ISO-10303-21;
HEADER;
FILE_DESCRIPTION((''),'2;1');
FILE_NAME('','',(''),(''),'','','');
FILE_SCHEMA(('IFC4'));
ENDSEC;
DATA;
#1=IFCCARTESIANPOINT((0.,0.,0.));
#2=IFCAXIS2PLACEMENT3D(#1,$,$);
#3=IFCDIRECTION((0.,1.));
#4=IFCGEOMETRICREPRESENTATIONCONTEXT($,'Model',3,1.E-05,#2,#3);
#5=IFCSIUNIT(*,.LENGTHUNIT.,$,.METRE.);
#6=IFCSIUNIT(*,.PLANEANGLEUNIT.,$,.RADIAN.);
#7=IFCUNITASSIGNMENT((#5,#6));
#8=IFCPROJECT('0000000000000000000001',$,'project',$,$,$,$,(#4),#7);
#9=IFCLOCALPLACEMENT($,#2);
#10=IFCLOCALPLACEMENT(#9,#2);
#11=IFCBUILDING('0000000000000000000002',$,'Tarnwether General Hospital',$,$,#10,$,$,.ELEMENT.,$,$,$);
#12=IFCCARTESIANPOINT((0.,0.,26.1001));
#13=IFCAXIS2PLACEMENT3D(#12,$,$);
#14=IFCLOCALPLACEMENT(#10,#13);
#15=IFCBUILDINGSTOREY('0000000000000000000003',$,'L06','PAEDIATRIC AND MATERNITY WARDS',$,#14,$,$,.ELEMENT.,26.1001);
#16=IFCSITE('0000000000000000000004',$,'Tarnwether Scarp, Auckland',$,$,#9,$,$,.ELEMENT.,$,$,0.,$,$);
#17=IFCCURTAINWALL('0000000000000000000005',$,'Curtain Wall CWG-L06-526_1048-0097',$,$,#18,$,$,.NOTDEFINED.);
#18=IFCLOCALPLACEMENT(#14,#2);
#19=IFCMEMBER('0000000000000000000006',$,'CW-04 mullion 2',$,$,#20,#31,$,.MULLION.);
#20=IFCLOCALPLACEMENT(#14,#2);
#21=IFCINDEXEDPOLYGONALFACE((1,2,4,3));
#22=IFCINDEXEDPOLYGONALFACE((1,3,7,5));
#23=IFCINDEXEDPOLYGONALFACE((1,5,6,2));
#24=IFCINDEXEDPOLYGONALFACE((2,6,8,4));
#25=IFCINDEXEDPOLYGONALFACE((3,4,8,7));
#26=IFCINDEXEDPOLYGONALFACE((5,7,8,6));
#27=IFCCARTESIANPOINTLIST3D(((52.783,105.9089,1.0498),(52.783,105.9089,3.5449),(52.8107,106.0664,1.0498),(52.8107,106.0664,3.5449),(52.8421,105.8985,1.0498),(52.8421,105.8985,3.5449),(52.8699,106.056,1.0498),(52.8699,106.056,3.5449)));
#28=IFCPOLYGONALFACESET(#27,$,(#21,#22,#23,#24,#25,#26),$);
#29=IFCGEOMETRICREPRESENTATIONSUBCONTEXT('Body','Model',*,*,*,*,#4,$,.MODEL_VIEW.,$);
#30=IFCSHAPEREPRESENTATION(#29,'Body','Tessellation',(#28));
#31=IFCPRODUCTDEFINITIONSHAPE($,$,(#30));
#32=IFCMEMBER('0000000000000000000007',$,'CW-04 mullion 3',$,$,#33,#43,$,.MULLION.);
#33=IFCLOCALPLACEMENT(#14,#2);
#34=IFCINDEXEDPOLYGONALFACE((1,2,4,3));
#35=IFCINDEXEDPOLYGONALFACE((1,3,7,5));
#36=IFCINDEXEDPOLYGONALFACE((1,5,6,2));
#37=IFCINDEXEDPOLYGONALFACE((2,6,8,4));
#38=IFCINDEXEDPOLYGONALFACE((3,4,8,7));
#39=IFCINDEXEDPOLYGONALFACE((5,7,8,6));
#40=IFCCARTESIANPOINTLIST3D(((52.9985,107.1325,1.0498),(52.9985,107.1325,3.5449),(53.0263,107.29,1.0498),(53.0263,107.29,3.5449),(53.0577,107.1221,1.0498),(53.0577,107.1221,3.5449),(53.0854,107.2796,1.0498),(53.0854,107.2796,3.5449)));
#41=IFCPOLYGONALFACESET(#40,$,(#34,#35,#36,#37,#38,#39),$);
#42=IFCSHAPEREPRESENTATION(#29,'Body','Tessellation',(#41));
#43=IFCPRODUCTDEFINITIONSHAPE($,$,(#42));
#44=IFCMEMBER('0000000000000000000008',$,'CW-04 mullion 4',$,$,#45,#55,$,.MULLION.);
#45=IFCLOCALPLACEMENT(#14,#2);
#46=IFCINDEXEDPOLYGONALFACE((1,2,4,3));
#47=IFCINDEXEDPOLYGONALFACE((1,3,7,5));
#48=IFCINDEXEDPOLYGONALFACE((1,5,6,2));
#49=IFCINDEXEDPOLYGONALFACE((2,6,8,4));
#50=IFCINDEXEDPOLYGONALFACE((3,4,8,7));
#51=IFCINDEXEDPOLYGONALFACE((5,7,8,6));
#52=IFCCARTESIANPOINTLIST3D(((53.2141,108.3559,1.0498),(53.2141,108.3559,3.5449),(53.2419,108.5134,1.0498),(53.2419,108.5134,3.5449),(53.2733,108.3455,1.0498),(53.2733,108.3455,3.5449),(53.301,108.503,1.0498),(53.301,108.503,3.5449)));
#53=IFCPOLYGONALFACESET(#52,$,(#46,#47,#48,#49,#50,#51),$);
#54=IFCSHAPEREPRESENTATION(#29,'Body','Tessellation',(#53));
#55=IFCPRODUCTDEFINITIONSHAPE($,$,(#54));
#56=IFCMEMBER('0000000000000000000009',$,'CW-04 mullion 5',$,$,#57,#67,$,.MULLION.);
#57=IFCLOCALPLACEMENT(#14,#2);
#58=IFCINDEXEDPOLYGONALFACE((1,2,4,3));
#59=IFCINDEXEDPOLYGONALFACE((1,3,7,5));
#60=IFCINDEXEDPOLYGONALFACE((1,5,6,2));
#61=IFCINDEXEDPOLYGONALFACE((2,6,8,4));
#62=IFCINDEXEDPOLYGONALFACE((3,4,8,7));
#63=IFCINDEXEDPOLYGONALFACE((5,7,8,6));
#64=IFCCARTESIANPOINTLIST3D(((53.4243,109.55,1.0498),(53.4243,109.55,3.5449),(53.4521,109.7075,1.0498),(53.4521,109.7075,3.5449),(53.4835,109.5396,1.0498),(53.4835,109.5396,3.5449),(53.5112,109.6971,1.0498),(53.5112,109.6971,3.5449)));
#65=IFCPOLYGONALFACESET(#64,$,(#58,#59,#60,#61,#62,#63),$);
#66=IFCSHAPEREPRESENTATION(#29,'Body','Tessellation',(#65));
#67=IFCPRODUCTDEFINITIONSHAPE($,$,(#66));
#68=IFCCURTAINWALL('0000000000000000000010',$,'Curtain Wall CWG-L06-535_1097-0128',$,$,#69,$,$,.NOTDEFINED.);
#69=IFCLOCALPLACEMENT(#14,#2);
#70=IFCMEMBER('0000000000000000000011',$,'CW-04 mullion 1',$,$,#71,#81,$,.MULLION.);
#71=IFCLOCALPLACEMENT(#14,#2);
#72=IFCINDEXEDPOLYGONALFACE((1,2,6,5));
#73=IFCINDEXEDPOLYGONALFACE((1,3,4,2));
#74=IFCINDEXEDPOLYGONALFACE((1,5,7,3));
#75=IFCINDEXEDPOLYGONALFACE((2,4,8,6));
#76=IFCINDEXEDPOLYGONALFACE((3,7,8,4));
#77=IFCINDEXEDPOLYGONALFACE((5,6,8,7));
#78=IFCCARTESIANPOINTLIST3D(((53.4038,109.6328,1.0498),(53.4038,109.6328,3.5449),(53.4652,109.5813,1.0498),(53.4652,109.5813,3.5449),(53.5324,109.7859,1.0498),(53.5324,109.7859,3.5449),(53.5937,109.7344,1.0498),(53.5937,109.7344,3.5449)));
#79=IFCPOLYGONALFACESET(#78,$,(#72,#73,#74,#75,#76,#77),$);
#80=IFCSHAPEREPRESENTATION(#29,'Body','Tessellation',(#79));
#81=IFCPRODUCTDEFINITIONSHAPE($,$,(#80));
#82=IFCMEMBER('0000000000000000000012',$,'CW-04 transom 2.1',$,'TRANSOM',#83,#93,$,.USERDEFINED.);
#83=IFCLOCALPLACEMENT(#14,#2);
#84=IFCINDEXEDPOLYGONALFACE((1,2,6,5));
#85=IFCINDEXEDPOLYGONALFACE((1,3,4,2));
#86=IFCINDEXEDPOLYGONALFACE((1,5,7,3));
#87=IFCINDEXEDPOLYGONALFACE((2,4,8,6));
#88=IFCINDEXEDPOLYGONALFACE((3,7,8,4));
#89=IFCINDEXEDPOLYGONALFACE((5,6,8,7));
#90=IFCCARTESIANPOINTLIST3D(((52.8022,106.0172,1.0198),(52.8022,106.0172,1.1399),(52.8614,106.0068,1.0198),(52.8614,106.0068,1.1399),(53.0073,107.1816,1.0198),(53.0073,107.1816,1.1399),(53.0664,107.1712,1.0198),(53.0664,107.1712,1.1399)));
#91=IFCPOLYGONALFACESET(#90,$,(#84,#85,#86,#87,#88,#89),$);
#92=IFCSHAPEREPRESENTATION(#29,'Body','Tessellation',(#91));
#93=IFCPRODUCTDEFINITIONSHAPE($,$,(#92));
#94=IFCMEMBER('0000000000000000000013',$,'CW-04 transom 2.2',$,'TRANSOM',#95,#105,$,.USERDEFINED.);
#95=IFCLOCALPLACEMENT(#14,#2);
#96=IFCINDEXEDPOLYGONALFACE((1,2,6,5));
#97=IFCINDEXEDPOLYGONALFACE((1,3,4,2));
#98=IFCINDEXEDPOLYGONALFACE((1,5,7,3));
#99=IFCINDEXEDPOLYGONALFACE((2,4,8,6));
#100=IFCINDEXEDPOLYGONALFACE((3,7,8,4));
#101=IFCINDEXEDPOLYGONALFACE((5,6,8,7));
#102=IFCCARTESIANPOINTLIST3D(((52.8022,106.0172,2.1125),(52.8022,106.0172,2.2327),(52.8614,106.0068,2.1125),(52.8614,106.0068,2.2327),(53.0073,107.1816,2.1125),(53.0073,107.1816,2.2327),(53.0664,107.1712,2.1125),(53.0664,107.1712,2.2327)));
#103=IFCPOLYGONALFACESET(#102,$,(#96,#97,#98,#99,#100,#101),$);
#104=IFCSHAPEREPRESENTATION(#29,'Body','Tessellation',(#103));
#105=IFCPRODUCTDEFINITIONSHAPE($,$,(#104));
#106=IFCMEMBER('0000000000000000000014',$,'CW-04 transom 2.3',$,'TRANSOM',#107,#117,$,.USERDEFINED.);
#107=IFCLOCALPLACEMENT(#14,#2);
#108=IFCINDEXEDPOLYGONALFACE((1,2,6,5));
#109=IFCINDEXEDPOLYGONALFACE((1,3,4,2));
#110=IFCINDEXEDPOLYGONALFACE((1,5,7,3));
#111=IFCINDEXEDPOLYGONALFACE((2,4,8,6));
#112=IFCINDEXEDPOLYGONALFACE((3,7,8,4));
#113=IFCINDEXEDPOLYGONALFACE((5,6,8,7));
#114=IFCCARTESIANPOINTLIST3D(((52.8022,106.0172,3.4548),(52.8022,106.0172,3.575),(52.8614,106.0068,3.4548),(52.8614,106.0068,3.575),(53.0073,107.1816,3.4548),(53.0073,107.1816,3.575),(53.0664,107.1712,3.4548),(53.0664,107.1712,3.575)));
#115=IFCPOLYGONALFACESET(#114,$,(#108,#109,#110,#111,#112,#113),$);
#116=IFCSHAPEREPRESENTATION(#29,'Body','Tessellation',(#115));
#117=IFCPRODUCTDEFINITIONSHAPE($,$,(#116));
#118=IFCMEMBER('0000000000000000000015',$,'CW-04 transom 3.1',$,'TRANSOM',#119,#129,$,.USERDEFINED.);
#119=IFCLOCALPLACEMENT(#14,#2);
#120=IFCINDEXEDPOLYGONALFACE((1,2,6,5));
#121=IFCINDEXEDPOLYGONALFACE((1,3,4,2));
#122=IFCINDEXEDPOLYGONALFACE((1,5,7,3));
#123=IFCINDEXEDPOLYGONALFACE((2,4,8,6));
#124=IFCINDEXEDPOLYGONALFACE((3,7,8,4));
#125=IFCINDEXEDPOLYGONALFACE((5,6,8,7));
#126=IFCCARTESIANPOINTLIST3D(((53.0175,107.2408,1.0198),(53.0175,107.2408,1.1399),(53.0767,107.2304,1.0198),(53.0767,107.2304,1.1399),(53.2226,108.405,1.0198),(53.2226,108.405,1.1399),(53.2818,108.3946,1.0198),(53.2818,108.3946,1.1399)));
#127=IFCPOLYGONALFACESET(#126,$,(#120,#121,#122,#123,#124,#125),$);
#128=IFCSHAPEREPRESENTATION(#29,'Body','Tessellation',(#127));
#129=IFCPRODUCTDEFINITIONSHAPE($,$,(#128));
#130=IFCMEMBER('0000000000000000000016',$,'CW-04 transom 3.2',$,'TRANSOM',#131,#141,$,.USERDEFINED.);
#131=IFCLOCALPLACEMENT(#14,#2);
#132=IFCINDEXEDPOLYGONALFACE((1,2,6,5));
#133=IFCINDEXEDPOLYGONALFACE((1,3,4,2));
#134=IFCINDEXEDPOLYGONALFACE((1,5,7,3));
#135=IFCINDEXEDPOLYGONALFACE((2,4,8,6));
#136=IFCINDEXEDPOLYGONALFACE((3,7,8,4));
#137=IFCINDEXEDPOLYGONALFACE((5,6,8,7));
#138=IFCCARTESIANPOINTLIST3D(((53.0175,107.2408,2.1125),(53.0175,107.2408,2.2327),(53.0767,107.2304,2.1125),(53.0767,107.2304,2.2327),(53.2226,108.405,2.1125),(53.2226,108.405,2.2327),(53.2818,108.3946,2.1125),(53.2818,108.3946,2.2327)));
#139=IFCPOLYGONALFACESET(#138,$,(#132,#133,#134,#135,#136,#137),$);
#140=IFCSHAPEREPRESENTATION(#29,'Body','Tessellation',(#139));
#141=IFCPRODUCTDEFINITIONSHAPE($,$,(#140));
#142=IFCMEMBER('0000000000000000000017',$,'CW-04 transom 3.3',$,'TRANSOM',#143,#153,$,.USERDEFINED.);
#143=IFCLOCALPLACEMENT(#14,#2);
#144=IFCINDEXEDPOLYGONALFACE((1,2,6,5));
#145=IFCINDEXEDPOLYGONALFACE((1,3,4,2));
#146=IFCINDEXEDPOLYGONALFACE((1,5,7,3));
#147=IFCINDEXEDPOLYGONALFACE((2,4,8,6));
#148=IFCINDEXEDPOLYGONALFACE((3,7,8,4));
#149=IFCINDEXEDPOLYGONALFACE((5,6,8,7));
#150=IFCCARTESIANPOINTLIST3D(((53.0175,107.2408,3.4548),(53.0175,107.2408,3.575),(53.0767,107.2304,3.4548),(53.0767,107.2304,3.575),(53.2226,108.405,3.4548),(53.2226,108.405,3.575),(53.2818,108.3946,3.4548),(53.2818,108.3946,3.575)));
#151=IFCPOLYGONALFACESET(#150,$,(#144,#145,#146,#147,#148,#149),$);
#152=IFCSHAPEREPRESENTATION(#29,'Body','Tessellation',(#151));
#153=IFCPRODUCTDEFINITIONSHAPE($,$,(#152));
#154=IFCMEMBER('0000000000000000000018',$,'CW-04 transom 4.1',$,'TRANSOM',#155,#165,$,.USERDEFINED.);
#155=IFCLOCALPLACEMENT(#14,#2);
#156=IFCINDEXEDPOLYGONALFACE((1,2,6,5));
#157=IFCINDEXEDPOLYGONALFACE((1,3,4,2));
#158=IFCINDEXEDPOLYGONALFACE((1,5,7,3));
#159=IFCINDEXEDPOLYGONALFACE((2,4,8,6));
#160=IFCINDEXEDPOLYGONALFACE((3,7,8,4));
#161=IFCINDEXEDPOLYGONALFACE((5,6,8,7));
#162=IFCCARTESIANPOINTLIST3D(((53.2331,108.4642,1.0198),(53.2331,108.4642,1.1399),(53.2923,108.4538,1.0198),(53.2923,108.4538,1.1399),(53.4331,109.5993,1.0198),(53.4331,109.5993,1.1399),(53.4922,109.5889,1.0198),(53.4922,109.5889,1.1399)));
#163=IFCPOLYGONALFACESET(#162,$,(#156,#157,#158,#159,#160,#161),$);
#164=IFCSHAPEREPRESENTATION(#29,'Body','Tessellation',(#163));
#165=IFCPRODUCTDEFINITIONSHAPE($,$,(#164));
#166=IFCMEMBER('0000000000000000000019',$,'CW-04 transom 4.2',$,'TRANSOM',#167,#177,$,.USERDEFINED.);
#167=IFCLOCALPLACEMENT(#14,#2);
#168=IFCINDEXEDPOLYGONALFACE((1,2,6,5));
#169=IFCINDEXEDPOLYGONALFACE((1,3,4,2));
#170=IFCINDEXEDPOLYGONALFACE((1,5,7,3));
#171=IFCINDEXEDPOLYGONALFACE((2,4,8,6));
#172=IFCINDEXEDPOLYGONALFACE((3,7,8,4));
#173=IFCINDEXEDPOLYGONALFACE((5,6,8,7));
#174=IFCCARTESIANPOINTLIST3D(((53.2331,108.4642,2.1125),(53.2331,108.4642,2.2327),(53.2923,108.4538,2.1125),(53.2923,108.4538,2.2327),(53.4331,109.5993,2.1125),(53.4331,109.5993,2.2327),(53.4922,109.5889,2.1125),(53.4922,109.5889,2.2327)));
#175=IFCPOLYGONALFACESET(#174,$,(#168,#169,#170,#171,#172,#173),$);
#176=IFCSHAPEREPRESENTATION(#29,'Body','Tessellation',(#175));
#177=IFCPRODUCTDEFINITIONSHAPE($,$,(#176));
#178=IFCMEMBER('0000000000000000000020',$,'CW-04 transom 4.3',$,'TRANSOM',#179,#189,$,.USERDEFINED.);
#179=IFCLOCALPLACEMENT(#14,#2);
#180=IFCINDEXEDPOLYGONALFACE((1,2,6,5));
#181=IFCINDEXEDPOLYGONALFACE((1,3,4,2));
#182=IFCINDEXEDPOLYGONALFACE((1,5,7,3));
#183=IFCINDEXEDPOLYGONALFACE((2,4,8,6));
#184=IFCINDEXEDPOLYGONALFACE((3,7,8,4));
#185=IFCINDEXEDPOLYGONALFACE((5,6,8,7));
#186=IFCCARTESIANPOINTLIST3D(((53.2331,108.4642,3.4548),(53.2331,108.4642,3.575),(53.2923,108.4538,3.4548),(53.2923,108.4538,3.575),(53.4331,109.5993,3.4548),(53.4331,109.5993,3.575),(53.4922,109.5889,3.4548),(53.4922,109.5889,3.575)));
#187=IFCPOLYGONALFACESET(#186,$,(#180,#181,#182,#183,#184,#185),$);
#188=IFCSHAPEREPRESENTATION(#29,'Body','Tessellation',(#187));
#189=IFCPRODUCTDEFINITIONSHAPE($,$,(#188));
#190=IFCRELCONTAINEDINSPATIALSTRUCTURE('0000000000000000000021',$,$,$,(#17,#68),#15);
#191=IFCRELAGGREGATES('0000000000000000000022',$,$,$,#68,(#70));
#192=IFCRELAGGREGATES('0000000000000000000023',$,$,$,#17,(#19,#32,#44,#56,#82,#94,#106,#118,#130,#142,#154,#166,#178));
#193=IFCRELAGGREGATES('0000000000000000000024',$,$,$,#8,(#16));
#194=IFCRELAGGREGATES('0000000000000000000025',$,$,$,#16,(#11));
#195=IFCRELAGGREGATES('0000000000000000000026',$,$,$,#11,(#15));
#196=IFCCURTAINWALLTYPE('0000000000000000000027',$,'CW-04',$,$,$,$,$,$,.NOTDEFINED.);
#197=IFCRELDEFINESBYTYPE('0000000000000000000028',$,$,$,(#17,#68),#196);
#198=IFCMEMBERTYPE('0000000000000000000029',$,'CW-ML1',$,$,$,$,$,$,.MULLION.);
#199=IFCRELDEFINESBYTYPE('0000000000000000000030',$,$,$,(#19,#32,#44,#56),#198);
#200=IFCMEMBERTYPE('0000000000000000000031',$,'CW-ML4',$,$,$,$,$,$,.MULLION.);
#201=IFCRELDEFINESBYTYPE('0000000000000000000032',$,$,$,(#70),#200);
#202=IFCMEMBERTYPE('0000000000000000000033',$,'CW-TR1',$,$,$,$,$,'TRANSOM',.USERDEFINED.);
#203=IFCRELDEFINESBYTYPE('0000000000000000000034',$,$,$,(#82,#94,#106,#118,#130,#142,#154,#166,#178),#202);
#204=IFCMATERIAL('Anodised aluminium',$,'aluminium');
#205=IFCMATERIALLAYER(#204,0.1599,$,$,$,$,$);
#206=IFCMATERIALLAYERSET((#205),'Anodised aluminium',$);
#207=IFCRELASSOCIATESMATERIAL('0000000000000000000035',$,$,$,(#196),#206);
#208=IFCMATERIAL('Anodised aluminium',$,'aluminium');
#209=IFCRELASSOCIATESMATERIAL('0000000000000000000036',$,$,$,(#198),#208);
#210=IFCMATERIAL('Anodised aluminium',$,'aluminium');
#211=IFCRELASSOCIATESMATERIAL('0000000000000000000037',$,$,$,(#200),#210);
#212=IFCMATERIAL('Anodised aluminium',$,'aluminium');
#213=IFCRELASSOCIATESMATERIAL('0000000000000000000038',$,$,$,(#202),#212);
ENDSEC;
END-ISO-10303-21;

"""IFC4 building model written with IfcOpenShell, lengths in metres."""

from ifc_helpers import new_model, si_unit, direction, frame, origin, origin_2d, place, context, subcontext, project, spatial, rectangle, extrude, material, layer, layer_set, material_profile, profile_set, type_object, element, aggregate, save


model = new_model("IFC4")

# Units and contexts
model_context = context("Model", 3, precision=1e-05, world=origin(), true_north=direction((0.0, 1.0)))
body_context = subcontext(model_context, "Body", "Model", "MODEL_VIEW")
ifc_project = project(units=[si_unit("LENGTHUNIT", "METRE"), si_unit("PLANEANGLEUNIT", "RADIAN")], contexts=[model_context])

# Site, building, storey
site_placement = place(None, origin())
site = spatial("IfcSite", under=ifc_project, at=site_placement, Name="Tarnwether Scarp, Auckland", CompositionType="ELEMENT", RefElevation=0.0)
building_placement = place(site_placement, origin())
building = spatial("IfcBuilding", under=site, at=building_placement, Name="Tarnwether General Hospital", CompositionType="ELEMENT")
storey_placement = place(building_placement, frame((0.0, 0.0, 26.1001)))
storey = spatial("IfcBuildingStorey", under=building, at=storey_placement, Name="L06", Description="PAEDIATRIC AND MATERNITY WARDS", CompositionType="ELEMENT", Elevation=26.1001)

# Curtain wall, members
ifc_material_1 = material(Name="Anodised aluminium", Category="aluminium")
ifc_layer_1 = layer(ifc_material_1, 0.1599)
ifc_layer_set_1 = layer_set([ifc_layer_1], Name="Anodised aluminium")
curtain_wall_type = type_object("IfcCurtainWallType", Name="CW-04", PredefinedType="NOTDEFINED", material=ifc_layer_set_1)
curtain_wall_1_placement = place(storey_placement, origin())
curtain_wall_1 = element("IfcCurtainWall", 1, at=curtain_wall_1_placement, inside=storey, type_object=curtain_wall_type, Name="Curtain Wall CWG-L06-526_1048-0097", PredefinedType="NOTDEFINED")
ifc_material_2 = material(Name="Anodised aluminium", Category="aluminium")
ifc_material_profile_1 = material_profile(ifc_material_2, rectangle(XDim=0.0601, YDim=0.1599, at=origin_2d()), Name="ALU-MUL-60x160")
ifc_profile_set_1 = profile_set([ifc_material_profile_1], Name="Anodised aluminium")
member_type_1 = type_object("IfcMemberType", Name="CW-ML1", PredefinedType="MULLION", material=ifc_profile_set_1)
member_1_placement = place(storey_placement, frame((52.8264, 105.9824, 1.0498), z_axis=(0.0, 0.0, 1.0), x_axis=(-0.98484, 0.173464, 0.0)))
member_1 = element("IfcMember", 2, at=member_1_placement, type_object=member_type_1, Name="CW-04 mullion 2", PredefinedType="MULLION", context=body_context, shape_type="SweptSolid", body=[
    extrude(rectangle(XDim=0.0601, YDim=0.1599, at=origin_2d()), origin(), (0.0, 0.0, 1.0), 2.4951),
])
member_2_placement = place(storey_placement, frame((53.042, 107.2061, 1.0498), z_axis=(0.0, 0.0, 1.0), x_axis=(-0.98484, 0.173464, 0.0)))
member_2 = element("IfcMember", 3, at=member_2_placement, type_object=member_type_1, Name="CW-04 mullion 3", PredefinedType="MULLION", context=body_context, shape_type="SweptSolid", body=[
    extrude(rectangle(XDim=0.0601, YDim=0.1599, at=origin_2d()), origin(), (0.0, 0.0, 1.0), 2.4951),
])
member_3_placement = place(storey_placement, frame((53.2576, 108.4294, 1.0498), z_axis=(0.0, 0.0, 1.0), x_axis=(-0.98484, 0.173464, 0.0)))
member_3 = element("IfcMember", 4, at=member_3_placement, type_object=member_type_1, Name="CW-04 mullion 4", PredefinedType="MULLION", context=body_context, shape_type="SweptSolid", body=[
    extrude(rectangle(XDim=0.0601, YDim=0.1599, at=origin_2d()), origin(), (0.0, 0.0, 1.0), 2.4951),
])
member_4_placement = place(storey_placement, frame((53.4678, 109.6235, 1.0498), z_axis=(0.0, 0.0, 1.0), x_axis=(-0.98484, 0.173464, 0.0)))
member_4 = element("IfcMember", 5, at=member_4_placement, type_object=member_type_1, Name="CW-04 mullion 5", PredefinedType="MULLION", context=body_context, shape_type="SweptSolid", body=[
    extrude(rectangle(XDim=0.0601, YDim=0.1599, at=origin_2d()), origin(), (0.0, 0.0, 1.0), 2.4951),
])

# Curtain wall, member
curtain_wall_2_placement = place(storey_placement, origin())
curtain_wall_2 = element("IfcCurtainWall", 6, at=curtain_wall_2_placement, inside=storey, type_object=curtain_wall_type, Name="Curtain Wall CWG-L06-535_1097-0128", PredefinedType="NOTDEFINED")
ifc_material_3 = material(Name="Anodised aluminium", Category="aluminium")
ifc_material_profile_2 = material_profile(ifc_material_3, rectangle(XDim=0.0801, YDim=0.2, at=origin_2d()), Name="ALU-MUL-80x200")
ifc_profile_set_2 = profile_set([ifc_material_profile_2], Name="Anodised aluminium")
member_type_2 = type_object("IfcMemberType", Name="CW-ML4", PredefinedType="MULLION", material=ifc_profile_set_2)
member_5_placement = place(storey_placement, frame((53.4988, 109.6836, 1.0498), z_axis=(0.0, 0.0, 1.0), x_axis=(-0.76599, 0.642852, 0.0)))
member_5 = element("IfcMember", 7, at=member_5_placement, type_object=member_type_2, Name="CW-04 mullion 1", PredefinedType="MULLION", context=body_context, shape_type="SweptSolid", body=[
    extrude(rectangle(XDim=0.0801, YDim=0.2, at=origin_2d()), origin(), (0.0, 0.0, 1.0), 2.4951),
])

# Members
ifc_material_4 = material(Name="Anodised aluminium", Category="aluminium")
ifc_material_profile_3 = material_profile(ifc_material_4, rectangle(XDim=0.0601, YDim=0.1201, at=origin_2d()), Name="ALU-TRN-60x120")
ifc_profile_set_3 = profile_set([ifc_material_profile_3], Name="Anodised aluminium")
member_type_3 = type_object("IfcMemberType", Name="CW-TR1", ElementType="TRANSOM", PredefinedType="USERDEFINED", material=ifc_profile_set_3)
member_6_placement = place(storey_placement, frame((52.8318, 106.012, 1.0798), z_axis=(0.173432, 0.984846, 0.0), x_axis=(-0.984846, 0.173432, 0.0)))
member_6 = element("IfcMember", 8, at=member_6_placement, type_object=member_type_3, Name="CW-04 transom 2.1", ObjectType="TRANSOM", PredefinedType="USERDEFINED", context=body_context, shape_type="SweptSolid", body=[
    extrude(rectangle(XDim=0.0601, YDim=0.1201, at=origin_2d()), origin(), (0.0, 0.0, 1.0), 1.1824),
])
member_7_placement = place(storey_placement, frame((52.8318, 106.012, 2.1726), z_axis=(0.173432, 0.984846, 0.0), x_axis=(-0.984846, 0.173432, 0.0)))
member_7 = element("IfcMember", 9, at=member_7_placement, type_object=member_type_3, Name="CW-04 transom 2.2", ObjectType="TRANSOM", PredefinedType="USERDEFINED", context=body_context, shape_type="SweptSolid", body=[
    extrude(rectangle(XDim=0.0601, YDim=0.1201, at=origin_2d()), origin(), (0.0, 0.0, 1.0), 1.1824),
])
member_8_placement = place(storey_placement, frame((52.8318, 106.012, 3.5149), z_axis=(0.173432, 0.984846, 0.0), x_axis=(-0.984846, 0.173432, 0.0)))
member_8 = element("IfcMember", 10, at=member_8_placement, type_object=member_type_3, Name="CW-04 transom 2.3", ObjectType="TRANSOM", PredefinedType="USERDEFINED", context=body_context, shape_type="SweptSolid", body=[
    extrude(rectangle(XDim=0.0601, YDim=0.1201, at=origin_2d()), origin(), (0.0, 0.0, 1.0), 1.1824),
])
member_9_placement = place(storey_placement, frame((53.0471, 107.2356, 1.0798), z_axis=(0.173467, 0.98484, 0.0), x_axis=(-0.98484, 0.173467, 0.0)))
member_9 = element("IfcMember", 11, at=member_9_placement, type_object=member_type_3, Name="CW-04 transom 3.1", ObjectType="TRANSOM", PredefinedType="USERDEFINED", context=body_context, shape_type="SweptSolid", body=[
    extrude(rectangle(XDim=0.0601, YDim=0.1201, at=origin_2d()), origin(), (0.0, 0.0, 1.0), 1.1821),
])
member_10_placement = place(storey_placement, frame((53.0471, 107.2356, 2.1726), z_axis=(0.173467, 0.98484, 0.0), x_axis=(-0.98484, 0.173467, 0.0)))
member_10 = element("IfcMember", 12, at=member_10_placement, type_object=member_type_3, Name="CW-04 transom 3.2", ObjectType="TRANSOM", PredefinedType="USERDEFINED", context=body_context, shape_type="SweptSolid", body=[
    extrude(rectangle(XDim=0.0601, YDim=0.1201, at=origin_2d()), origin(), (0.0, 0.0, 1.0), 1.1821),
])
member_11_placement = place(storey_placement, frame((53.0471, 107.2356, 3.5149), z_axis=(0.173467, 0.98484, 0.0), x_axis=(-0.98484, 0.173467, 0.0)))
member_11 = element("IfcMember", 13, at=member_11_placement, type_object=member_type_3, Name="CW-04 transom 3.3", ObjectType="TRANSOM", PredefinedType="USERDEFINED", context=body_context, shape_type="SweptSolid", body=[
    extrude(rectangle(XDim=0.0601, YDim=0.1201, at=origin_2d()), origin(), (0.0, 0.0, 1.0), 1.1821),
])
member_12_placement = place(storey_placement, frame((53.2627, 108.459, 1.0798), z_axis=(0.173495, 0.984835, 0.0), x_axis=(-0.984835, 0.173495, 0.0)))
member_12 = element("IfcMember", 14, at=member_12_placement, type_object=member_type_3, Name="CW-04 transom 4.1", ObjectType="TRANSOM", PredefinedType="USERDEFINED", context=body_context, shape_type="SweptSolid", body=[
    extrude(rectangle(XDim=0.0601, YDim=0.1201, at=origin_2d()), origin(), (0.0, 0.0, 1.0), 1.1526),
])
member_13_placement = place(storey_placement, frame((53.2627, 108.459, 2.1726), z_axis=(0.173495, 0.984835, 0.0), x_axis=(-0.984835, 0.173495, 0.0)))
member_13 = element("IfcMember", 15, at=member_13_placement, type_object=member_type_3, Name="CW-04 transom 4.2", ObjectType="TRANSOM", PredefinedType="USERDEFINED", context=body_context, shape_type="SweptSolid", body=[
    extrude(rectangle(XDim=0.0601, YDim=0.1201, at=origin_2d()), origin(), (0.0, 0.0, 1.0), 1.1526),
])
member_14_placement = place(storey_placement, frame((53.2627, 108.459, 3.5149), z_axis=(0.173495, 0.984835, 0.0), x_axis=(-0.984835, 0.173495, 0.0)))
member_14 = element("IfcMember", 16, at=member_14_placement, type_object=member_type_3, Name="CW-04 transom 4.3", ObjectType="TRANSOM", PredefinedType="USERDEFINED", context=body_context, shape_type="SweptSolid", body=[
    extrude(rectangle(XDim=0.0601, YDim=0.1201, at=origin_2d()), origin(), (0.0, 0.0, 1.0), 1.1526),
])

aggregate(curtain_wall_2, [member_5])
aggregate(curtain_wall_1, [member_1, member_2, member_3, member_4, member_6, member_7, member_8, member_9, member_10, member_11, member_12, member_13, member_14])

save(model, "model.ifc")
